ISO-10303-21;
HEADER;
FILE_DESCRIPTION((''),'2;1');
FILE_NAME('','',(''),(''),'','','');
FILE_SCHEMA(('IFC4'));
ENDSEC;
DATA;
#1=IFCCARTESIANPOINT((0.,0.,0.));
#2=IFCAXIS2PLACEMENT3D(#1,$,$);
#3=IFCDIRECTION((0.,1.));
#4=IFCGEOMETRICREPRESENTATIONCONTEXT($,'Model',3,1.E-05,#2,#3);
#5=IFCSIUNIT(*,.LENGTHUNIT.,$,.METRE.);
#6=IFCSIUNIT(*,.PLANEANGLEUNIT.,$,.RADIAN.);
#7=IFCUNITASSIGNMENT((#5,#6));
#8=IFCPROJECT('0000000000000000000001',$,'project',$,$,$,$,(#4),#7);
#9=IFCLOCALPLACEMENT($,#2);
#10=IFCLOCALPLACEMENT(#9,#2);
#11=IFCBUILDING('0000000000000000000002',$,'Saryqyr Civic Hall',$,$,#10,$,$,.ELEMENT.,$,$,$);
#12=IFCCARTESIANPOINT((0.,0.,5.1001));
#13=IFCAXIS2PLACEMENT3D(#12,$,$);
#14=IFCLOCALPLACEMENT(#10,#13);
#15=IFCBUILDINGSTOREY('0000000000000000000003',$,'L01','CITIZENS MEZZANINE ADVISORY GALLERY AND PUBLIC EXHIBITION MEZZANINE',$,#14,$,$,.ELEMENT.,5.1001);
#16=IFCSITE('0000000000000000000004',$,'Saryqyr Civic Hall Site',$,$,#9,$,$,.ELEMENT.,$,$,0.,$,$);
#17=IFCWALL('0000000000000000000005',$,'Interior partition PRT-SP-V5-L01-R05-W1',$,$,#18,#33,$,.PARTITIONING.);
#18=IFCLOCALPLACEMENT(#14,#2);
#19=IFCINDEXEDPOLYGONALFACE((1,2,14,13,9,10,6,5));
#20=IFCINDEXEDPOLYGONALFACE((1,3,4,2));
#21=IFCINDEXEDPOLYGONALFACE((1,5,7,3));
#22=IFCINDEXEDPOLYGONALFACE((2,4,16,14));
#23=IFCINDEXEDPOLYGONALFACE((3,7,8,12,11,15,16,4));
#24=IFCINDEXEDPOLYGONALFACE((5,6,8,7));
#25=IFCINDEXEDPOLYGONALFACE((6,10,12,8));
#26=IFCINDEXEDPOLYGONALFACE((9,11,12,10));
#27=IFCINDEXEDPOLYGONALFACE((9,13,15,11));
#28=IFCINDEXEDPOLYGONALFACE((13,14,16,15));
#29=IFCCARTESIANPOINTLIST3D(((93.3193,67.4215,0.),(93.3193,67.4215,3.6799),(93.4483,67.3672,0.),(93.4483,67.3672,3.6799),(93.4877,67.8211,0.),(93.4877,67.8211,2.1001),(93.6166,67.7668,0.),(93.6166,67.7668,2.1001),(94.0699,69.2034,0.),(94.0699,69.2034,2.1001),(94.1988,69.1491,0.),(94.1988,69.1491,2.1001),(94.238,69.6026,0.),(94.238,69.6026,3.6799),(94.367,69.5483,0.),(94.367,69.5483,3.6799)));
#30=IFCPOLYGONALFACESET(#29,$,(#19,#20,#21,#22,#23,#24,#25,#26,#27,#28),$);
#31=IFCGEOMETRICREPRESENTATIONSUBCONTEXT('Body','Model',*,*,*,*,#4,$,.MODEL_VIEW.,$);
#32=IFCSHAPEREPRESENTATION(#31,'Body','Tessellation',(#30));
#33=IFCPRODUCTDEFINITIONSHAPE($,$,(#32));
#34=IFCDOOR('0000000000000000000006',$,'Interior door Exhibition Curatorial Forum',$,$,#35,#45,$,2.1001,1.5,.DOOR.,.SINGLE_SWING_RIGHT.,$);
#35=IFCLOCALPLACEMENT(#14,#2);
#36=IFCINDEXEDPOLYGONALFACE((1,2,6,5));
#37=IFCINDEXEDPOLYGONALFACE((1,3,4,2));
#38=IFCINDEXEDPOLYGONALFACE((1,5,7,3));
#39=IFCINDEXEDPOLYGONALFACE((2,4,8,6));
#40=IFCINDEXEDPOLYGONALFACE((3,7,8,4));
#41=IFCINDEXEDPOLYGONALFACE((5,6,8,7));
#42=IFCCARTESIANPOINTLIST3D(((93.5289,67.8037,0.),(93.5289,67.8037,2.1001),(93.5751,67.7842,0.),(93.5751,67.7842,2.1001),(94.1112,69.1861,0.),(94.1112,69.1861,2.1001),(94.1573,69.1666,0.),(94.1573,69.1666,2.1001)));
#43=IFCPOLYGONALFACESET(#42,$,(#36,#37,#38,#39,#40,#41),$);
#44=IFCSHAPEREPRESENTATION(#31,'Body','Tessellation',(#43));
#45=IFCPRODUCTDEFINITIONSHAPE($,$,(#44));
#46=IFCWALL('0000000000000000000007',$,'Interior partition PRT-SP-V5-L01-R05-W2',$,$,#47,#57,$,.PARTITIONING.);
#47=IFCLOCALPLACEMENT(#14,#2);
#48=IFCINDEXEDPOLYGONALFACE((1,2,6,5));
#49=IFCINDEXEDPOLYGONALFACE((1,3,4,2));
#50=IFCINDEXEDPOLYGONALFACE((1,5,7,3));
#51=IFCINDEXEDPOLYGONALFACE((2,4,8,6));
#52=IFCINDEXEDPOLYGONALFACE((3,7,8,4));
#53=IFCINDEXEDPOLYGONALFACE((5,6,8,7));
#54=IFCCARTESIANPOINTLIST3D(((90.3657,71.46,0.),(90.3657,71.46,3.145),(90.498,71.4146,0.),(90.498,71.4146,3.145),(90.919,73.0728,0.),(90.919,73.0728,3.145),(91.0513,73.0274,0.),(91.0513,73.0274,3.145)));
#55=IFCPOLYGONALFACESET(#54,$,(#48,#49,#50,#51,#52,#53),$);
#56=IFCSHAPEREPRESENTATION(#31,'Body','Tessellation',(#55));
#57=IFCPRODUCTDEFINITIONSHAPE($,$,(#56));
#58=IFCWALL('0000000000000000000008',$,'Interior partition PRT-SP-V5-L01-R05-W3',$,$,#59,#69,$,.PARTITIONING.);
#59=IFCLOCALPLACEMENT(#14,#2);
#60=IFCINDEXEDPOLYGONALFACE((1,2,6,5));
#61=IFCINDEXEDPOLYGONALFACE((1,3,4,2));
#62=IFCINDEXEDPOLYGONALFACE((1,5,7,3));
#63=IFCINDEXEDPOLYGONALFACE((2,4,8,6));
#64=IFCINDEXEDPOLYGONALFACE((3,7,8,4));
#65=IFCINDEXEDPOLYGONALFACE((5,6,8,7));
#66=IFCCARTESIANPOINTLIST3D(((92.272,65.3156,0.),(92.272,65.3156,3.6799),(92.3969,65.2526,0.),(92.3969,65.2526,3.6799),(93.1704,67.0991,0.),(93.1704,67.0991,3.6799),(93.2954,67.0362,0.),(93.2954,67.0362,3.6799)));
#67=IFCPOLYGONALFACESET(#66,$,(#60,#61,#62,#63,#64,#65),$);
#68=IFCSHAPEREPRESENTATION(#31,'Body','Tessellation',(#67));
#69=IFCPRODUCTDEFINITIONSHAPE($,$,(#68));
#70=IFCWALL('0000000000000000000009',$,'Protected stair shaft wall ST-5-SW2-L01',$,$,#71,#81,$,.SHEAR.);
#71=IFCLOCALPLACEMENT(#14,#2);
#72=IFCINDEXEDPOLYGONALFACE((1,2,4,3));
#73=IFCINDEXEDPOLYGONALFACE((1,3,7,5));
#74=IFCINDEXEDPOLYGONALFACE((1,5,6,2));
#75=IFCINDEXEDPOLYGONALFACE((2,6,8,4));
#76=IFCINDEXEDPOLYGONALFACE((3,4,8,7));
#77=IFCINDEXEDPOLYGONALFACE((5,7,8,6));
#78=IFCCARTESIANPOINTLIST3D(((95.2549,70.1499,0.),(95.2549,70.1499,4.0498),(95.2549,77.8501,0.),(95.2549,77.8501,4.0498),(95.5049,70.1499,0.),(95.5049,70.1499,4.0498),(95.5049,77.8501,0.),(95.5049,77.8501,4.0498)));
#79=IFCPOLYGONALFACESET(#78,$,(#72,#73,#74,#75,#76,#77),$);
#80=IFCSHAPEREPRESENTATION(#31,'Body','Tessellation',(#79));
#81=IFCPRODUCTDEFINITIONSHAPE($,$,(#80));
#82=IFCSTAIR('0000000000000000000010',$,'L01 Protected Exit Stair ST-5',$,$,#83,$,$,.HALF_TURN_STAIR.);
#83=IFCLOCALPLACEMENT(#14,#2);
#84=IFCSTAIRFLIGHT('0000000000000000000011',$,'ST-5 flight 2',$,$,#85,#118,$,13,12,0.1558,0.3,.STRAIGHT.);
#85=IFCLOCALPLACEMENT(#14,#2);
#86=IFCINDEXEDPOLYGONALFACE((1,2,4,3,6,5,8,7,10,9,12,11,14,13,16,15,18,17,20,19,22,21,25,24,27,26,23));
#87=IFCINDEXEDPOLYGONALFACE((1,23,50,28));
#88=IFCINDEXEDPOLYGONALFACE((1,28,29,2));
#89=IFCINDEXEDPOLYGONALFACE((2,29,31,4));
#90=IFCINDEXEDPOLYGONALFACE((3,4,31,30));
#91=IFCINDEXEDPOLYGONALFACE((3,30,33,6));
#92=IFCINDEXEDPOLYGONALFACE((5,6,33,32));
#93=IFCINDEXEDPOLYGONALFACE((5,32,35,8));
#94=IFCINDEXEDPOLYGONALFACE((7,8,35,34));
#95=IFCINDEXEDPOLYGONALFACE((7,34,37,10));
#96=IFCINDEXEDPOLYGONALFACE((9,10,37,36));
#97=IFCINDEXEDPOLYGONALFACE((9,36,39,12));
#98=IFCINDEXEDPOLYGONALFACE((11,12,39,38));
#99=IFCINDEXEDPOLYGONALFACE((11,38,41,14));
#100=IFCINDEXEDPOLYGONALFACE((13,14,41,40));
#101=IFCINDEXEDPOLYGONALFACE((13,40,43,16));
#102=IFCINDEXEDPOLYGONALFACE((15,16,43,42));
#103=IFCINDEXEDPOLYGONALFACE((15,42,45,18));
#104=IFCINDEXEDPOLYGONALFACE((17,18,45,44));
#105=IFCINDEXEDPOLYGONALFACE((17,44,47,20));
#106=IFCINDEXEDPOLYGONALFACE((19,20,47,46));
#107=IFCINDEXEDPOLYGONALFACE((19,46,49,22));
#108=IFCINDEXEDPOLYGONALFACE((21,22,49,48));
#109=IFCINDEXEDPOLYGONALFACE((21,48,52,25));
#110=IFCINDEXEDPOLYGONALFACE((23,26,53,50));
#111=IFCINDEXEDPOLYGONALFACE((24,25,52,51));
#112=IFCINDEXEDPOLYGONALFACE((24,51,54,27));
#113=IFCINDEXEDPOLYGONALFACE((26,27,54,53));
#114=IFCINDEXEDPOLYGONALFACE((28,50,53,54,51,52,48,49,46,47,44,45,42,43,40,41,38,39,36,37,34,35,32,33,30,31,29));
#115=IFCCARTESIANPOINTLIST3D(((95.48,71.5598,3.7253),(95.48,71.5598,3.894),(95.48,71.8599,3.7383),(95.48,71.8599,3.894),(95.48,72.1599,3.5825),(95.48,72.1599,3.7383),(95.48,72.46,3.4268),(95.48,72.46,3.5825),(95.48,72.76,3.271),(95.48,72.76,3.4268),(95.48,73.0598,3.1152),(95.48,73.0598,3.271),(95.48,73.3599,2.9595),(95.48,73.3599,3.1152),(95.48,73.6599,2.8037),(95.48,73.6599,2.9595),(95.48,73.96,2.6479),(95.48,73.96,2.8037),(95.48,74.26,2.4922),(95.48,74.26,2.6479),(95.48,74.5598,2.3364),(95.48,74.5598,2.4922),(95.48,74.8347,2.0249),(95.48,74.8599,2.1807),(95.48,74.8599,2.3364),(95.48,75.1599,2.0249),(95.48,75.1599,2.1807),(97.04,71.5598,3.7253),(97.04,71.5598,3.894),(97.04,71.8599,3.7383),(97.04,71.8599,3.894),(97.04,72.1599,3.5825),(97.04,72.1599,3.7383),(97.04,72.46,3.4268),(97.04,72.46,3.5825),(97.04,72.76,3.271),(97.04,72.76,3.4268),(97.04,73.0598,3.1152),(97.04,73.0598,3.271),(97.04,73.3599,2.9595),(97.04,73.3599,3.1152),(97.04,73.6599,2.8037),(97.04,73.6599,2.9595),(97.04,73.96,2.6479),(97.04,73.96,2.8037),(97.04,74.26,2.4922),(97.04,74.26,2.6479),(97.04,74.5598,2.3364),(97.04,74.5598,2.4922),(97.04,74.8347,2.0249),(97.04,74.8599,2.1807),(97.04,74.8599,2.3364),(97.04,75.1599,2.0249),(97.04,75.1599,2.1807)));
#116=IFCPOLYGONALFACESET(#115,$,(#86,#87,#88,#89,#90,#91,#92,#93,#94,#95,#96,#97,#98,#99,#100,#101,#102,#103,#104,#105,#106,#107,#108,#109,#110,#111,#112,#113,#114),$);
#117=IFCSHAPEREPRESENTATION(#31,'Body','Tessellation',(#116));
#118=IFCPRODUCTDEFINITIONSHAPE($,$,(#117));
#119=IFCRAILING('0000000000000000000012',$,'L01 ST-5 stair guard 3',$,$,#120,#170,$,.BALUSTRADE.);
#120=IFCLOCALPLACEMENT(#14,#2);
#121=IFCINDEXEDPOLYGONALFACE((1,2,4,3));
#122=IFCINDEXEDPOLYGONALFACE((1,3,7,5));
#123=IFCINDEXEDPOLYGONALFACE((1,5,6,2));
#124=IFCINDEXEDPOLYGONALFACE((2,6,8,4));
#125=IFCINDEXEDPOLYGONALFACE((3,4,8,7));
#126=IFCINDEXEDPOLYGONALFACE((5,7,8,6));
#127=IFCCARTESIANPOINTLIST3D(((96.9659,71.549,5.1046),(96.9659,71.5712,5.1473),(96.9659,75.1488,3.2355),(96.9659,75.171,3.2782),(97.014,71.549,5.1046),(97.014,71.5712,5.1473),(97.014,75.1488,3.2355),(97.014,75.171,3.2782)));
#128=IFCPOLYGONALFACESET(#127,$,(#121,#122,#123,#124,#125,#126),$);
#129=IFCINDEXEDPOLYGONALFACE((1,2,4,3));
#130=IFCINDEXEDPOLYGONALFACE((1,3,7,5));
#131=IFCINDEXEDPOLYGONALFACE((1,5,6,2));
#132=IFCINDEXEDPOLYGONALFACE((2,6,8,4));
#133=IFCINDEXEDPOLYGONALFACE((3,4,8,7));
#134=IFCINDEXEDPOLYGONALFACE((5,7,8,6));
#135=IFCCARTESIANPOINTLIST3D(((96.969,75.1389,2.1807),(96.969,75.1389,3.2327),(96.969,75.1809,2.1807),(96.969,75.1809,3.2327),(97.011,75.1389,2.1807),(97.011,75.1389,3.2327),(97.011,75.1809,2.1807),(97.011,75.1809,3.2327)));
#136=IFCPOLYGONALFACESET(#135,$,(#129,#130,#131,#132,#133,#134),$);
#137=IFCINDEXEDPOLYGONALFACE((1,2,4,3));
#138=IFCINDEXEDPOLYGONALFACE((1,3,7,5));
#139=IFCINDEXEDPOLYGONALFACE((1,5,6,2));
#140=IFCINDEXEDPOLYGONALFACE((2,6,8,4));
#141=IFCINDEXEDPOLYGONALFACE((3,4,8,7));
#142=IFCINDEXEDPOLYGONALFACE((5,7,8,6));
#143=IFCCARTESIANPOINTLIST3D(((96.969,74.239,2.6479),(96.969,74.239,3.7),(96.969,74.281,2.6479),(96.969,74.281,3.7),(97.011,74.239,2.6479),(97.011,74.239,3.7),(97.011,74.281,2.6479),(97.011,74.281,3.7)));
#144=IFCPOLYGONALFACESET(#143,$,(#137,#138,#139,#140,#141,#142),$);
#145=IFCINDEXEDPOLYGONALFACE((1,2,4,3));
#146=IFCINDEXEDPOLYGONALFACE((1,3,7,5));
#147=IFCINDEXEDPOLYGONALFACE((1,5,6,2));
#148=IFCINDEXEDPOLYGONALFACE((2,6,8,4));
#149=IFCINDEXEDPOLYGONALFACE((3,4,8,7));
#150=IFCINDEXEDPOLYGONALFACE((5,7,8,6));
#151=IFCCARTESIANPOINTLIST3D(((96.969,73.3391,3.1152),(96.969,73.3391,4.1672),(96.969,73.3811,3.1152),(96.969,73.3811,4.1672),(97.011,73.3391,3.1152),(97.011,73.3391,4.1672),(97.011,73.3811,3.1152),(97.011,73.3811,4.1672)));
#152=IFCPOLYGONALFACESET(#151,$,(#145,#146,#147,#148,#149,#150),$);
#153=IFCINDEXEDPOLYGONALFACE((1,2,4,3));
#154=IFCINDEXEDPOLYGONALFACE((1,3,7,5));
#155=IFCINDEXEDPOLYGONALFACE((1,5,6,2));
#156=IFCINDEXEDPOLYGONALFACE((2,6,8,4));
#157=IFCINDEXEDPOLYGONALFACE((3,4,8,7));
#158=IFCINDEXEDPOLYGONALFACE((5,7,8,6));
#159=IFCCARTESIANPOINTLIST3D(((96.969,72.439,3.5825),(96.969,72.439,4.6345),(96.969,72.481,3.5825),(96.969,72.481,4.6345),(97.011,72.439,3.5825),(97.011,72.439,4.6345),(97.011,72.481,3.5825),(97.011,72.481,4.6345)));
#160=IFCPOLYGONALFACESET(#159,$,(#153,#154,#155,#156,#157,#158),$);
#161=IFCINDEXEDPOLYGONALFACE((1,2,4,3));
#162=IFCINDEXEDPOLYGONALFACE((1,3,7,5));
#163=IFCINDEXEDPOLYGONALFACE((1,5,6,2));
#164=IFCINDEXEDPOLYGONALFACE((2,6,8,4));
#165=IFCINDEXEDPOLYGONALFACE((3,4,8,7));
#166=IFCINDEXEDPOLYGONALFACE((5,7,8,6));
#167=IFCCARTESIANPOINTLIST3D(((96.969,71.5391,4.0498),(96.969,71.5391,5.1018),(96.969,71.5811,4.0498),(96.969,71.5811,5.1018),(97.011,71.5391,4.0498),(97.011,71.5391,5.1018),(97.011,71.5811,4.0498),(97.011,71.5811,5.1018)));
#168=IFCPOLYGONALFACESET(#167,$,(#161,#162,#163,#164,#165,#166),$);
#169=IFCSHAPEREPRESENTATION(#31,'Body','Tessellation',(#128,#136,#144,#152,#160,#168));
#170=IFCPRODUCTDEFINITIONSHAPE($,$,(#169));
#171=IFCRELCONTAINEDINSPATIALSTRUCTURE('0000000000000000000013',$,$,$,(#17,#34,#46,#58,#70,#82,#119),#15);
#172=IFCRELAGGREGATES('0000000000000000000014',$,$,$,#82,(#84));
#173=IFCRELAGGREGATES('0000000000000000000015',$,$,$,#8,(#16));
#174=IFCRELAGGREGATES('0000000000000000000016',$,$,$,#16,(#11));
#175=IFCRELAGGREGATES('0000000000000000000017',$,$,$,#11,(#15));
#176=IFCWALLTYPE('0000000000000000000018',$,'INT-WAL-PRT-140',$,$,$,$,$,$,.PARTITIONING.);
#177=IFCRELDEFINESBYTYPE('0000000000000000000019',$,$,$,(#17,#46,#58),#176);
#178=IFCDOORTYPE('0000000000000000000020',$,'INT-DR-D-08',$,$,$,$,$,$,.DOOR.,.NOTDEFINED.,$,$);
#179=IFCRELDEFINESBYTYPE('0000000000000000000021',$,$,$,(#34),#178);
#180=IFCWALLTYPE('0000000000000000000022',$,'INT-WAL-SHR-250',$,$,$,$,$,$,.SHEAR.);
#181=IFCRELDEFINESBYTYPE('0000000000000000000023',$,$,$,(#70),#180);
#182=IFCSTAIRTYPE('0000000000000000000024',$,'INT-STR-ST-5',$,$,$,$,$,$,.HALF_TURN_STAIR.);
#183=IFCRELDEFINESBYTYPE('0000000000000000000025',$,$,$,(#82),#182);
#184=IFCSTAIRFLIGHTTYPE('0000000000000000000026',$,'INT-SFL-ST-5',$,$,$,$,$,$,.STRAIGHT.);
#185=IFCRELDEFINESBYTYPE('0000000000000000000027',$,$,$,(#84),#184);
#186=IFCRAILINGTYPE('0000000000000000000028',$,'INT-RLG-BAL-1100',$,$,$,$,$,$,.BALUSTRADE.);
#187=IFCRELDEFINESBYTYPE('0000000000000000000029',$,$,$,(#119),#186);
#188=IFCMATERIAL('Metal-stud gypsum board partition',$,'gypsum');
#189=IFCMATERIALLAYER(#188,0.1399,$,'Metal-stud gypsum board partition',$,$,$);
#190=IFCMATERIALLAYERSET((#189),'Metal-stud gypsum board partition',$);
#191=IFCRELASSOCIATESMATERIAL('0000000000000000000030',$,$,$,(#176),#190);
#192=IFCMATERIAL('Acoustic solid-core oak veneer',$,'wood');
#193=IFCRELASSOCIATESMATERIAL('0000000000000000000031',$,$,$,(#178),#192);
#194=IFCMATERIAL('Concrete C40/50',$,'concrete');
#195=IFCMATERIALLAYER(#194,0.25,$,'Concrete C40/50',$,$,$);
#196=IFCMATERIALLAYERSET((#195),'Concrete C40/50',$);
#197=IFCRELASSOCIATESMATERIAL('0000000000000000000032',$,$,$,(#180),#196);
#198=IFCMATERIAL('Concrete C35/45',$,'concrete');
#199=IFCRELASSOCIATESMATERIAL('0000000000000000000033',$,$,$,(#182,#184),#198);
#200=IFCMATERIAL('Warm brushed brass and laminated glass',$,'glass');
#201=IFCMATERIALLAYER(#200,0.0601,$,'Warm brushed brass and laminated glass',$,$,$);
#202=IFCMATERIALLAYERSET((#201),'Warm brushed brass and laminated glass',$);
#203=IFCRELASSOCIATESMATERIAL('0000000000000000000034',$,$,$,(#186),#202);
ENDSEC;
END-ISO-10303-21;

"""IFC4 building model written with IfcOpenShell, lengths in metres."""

from ifc_helpers import new_model, si_unit, direction, frame, frame_2d, origin, origin_2d, place, context, subcontext, project, spatial, polyline, rectangle, outline, extrude, material, layer, layer_set, type_object, element, fill, aggregate, save


model = new_model("IFC4")

# Units and contexts
model_context = context("Model", 3, precision=1e-05, world=origin(), true_north=direction((0.0, 1.0)))
body_context = subcontext(model_context, "Body", "Model", "MODEL_VIEW")
ifc_project = project(units=[si_unit("LENGTHUNIT", "METRE"), si_unit("PLANEANGLEUNIT", "RADIAN")], contexts=[model_context])

# Site, building, storey
site_placement = place(None, origin())
site = spatial("IfcSite", under=ifc_project, at=site_placement, Name="Saryqyr Civic Hall Site", CompositionType="ELEMENT", RefElevation=0.0)
building_placement = place(site_placement, origin())
building = spatial("IfcBuilding", under=site, at=building_placement, Name="Saryqyr Civic Hall", CompositionType="ELEMENT")
storey_placement = place(building_placement, frame((0.0, 0.0, 5.1001)))
storey = spatial("IfcBuildingStorey", under=building, at=storey_placement, Name="L01", Description="CITIZENS MEZZANINE ADVISORY GALLERY AND PUBLIC EXHIBITION MEZZANINE", CompositionType="ELEMENT", Elevation=5.1001)

# Shared definitions
ifc_material_1 = material(Name="Concrete C40/50", Category="concrete")

# Shared definitions
ifc_material_2 = material(Name="Concrete C35/45", Category="concrete")

# Wall, opening, door
ifc_material_3 = material(Name="Metal-stud gypsum board partition", Category="gypsum")
ifc_layer_1 = layer(ifc_material_3, 0.1399, Name="Metal-stud gypsum board partition")
ifc_layer_set_1 = layer_set([ifc_layer_1], Name="Metal-stud gypsum board partition")
wall_type_1 = type_object("IfcWallType", Name="INT-WAL-PRT-140", PredefinedType="PARTITIONING", material=ifc_layer_set_1)
wall_1_placement = place(storey_placement, frame((94.3025, 69.5754, 0.0), z_axis=(0.0, 0.0, 1.0), x_axis=(-0.388172, -0.921587, 0.0)))
wall_1 = element("IfcWall", 1, at=wall_1_placement, inside=storey, type_object=wall_type_1, Name="Interior partition PRT-SP-V5-L01-R05-W1", PredefinedType="PARTITIONING", context=body_context, shape_type="SweptSolid", body=[
    extrude(rectangle(XDim=2.3667, YDim=0.1399, at=frame_2d((1.1833, 0.0))), origin(), (0.0, 0.0, 1.0), 3.6799),
])
opening_1_placement = place(wall_1_placement, frame((0.4331, 0.0, 0.0)))
opening_1 = element("IfcOpeningElement", 2, at=opening_1_placement, cuts=wall_1, PredefinedType="OPENING", context=body_context, shape_type="SweptSolid", body=[
    extrude(rectangle(XDim=1.5, YDim=2.1001, at=frame_2d((0.75, 1.05))), frame((0.0, 0.0798, 0.0), z_axis=(0.0, -1.0, 0.0), x_axis=(1.0, 0.0, 0.0)), (0.0, 0.0, 1.0), 0.1599),
])
ifc_material_4 = material(Name="Acoustic solid-core oak veneer", Category="wood")
door_type = type_object("IfcDoorType", Name="INT-DR-D-08", OperationType="NOTDEFINED", PredefinedType="DOOR", material=ifc_material_4)
door_placement = place(opening_1_placement, origin())
door = element("IfcDoor", 3, at=door_placement, inside=storey, type_object=door_type, Name="Interior door Exhibition Curatorial Forum", OperationType="SINGLE_SWING_RIGHT", OverallHeight=2.1001, OverallWidth=1.5, PredefinedType="DOOR", context=body_context, shape_type="SweptSolid", body=[
    extrude(rectangle(XDim=1.5, YDim=2.1001, at=frame_2d((0.75, 1.05))), frame((0.0, 0.0249, 0.0), z_axis=(0.0, -1.0, 0.0), x_axis=(1.0, 0.0, 0.0)), (0.0, 0.0, 1.0), 0.05),
])
fill(opening_1, door)

# Walls
wall_2_placement = place(storey_placement, frame((90.4319, 71.4373, 0.0), z_axis=(0.0, 0.0, 1.0), x_axis=(0.324463, 0.945898, 0.0)))
element("IfcWall", 4, at=wall_2_placement, inside=storey, type_object=wall_type_1, Name="Interior partition PRT-SP-V5-L01-R05-W2", PredefinedType="PARTITIONING", context=body_context, shape_type="SweptSolid", body=[
    extrude(rectangle(XDim=1.7051, YDim=0.1399, at=frame_2d((0.8525, 0.0))), origin(), (0.0, 0.0, 1.0), 3.145),
])
wall_3_placement = place(storey_placement, frame((93.2329, 67.0676, 0.0), z_axis=(0.0, 0.0, 1.0), x_axis=(-0.449901, -0.893078, 0.0)))
element("IfcWall", 5, at=wall_3_placement, inside=storey, type_object=wall_type_1, Name="Interior partition PRT-SP-V5-L01-R05-W3", PredefinedType="PARTITIONING", context=body_context, shape_type="SweptSolid", body=[
    extrude(rectangle(XDim=1.9971, YDim=0.1399, at=frame_2d((0.9985, 0.0))), origin(), (0.0, 0.0, 1.0), 3.6799),
])
ifc_layer_2 = layer(ifc_material_1, 0.25, Name="Concrete C40/50")
ifc_layer_set_2 = layer_set([ifc_layer_2], Name="Concrete C40/50")
wall_type_2 = type_object("IfcWallType", Name="INT-WAL-SHR-250", PredefinedType="SHEAR", material=ifc_layer_set_2)
wall_4_placement = place(storey_placement, frame((95.3799, 70.1499, 0.0), z_axis=(0.0, 0.0, 1.0), x_axis=(0.0, 1.0, 0.0)))
element("IfcWall", 6, at=wall_4_placement, inside=storey, type_object=wall_type_2, Name="Protected stair shaft wall ST-5-SW2-L01", PredefinedType="SHEAR", context=body_context, shape_type="SweptSolid", body=[
    extrude(rectangle(XDim=7.7002, YDim=0.25, at=frame_2d((3.8501, 0.0))), origin(), (0.0, 0.0, 1.0), 4.0498),
])

# Stair, stair flight
stair_type = type_object("IfcStairType", Name="INT-STR-ST-5", PredefinedType="HALF_TURN_STAIR", material=ifc_material_2)
stair_placement = place(storey_placement, origin())
stair = element("IfcStair", 7, at=stair_placement, inside=storey, type_object=stair_type, Name="L01 Protected Exit Stair ST-5", PredefinedType="HALF_TURN_STAIR")
stair_flight_type = type_object("IfcStairFlightType", Name="INT-SFL-ST-5", PredefinedType="STRAIGHT", material=ifc_material_2)
stair_flight_placement = place(storey_placement, frame((96.26, 75.1599, 2.0249), z_axis=(0.0, 0.0, 1.0), x_axis=(0.0, -1.0, 0.0)))
stair_flight = element("IfcStairFlight", 8, at=stair_flight_placement, type_object=stair_flight_type, Name="ST-5 flight 2", NumberOfRisers=13, NumberOfTreads=12, PredefinedType="STRAIGHT", RiserHeight=0.1558, TreadLength=0.3, context=body_context, shape_type="SweptSolid", body=[
    extrude(outline(polyline([(0.0, 0.0), (0.0, 0.1558), (0.3, 0.1558), (0.3, 0.3115), (0.6001, 0.3115), (0.6001, 0.4673), (0.8999, 0.4673), (0.8999, 0.623), (1.2, 0.623), (1.2, 0.7788), (1.5, 0.7788), (1.5, 0.9346), (1.8, 0.9346), (1.8, 1.0903), (2.1001, 1.0903), (2.1001, 1.2461), (2.3999, 1.2461), (2.3999, 1.4019), (2.7, 1.4019), (2.7, 1.5576), (3.0, 1.5576), (3.0, 1.7134), (3.3, 1.7134), (3.3, 1.8691), (3.6001, 1.8691), (3.6001, 2.0249), (3.6001, 1.7004), (0.3252, 0.0), (0.0, 0.0)])), frame((0.0, 0.78, 0.0), z_axis=(0.0, -1.0, 0.0), x_axis=(1.0, 0.0, 0.0)), (0.0, 0.0, 1.0), 1.5601),
])
aggregate(stair, [stair_flight])

# Railing
ifc_material_5 = material(Name="Warm brushed brass and laminated glass", Category="glass")
ifc_layer_3 = layer(ifc_material_5, 0.0601, Name="Warm brushed brass and laminated glass")
ifc_layer_set_3 = layer_set([ifc_layer_3], Name="Warm brushed brass and laminated glass")
railing_type_1 = type_object("IfcRailingType", Name="INT-RLG-BAL-1100", PredefinedType="BALUSTRADE", material=ifc_layer_set_3)
railing_1_placement = place(storey_placement, frame((96.99, 75.1599, 2.1807)))
element("IfcRailing", 9, at=railing_1_placement, inside=storey, type_object=railing_type_1, Name="L01 ST-5 stair guard 3", PredefinedType="BALUSTRADE", context=body_context, shape_type="SweptSolid", body=[
    extrude(rectangle(XDim=0.0481, YDim=0.0481, at=origin_2d()), frame((0.0, 0.0, 1.0762), z_axis=(0.0, -0.887497, 0.460813), x_axis=(1.0, 0.0, 0.0)), (0.0, 0.0, 1.0), 4.0562),
    extrude(rectangle(XDim=0.042, YDim=0.042, at=origin_2d()), origin(), (0.0, 0.0, 1.0), 1.052),
    extrude(rectangle(XDim=0.042, YDim=0.042, at=origin_2d()), frame((0.0, -0.8999, 0.4673)), (0.0, 0.0, 1.0), 1.052),
    extrude(rectangle(XDim=0.042, YDim=0.042, at=origin_2d()), frame((0.0, -1.7998, 0.9346)), (0.0, 0.0, 1.0), 1.052),
    extrude(rectangle(XDim=0.042, YDim=0.042, at=origin_2d()), frame((0.0, -2.7, 1.4019)), (0.0, 0.0, 1.0), 1.052),
    extrude(rectangle(XDim=0.042, YDim=0.042, at=origin_2d()), frame((0.0, -3.5999, 1.8691)), (0.0, 0.0, 1.0), 1.052),
])

save(model, "model.ifc")
